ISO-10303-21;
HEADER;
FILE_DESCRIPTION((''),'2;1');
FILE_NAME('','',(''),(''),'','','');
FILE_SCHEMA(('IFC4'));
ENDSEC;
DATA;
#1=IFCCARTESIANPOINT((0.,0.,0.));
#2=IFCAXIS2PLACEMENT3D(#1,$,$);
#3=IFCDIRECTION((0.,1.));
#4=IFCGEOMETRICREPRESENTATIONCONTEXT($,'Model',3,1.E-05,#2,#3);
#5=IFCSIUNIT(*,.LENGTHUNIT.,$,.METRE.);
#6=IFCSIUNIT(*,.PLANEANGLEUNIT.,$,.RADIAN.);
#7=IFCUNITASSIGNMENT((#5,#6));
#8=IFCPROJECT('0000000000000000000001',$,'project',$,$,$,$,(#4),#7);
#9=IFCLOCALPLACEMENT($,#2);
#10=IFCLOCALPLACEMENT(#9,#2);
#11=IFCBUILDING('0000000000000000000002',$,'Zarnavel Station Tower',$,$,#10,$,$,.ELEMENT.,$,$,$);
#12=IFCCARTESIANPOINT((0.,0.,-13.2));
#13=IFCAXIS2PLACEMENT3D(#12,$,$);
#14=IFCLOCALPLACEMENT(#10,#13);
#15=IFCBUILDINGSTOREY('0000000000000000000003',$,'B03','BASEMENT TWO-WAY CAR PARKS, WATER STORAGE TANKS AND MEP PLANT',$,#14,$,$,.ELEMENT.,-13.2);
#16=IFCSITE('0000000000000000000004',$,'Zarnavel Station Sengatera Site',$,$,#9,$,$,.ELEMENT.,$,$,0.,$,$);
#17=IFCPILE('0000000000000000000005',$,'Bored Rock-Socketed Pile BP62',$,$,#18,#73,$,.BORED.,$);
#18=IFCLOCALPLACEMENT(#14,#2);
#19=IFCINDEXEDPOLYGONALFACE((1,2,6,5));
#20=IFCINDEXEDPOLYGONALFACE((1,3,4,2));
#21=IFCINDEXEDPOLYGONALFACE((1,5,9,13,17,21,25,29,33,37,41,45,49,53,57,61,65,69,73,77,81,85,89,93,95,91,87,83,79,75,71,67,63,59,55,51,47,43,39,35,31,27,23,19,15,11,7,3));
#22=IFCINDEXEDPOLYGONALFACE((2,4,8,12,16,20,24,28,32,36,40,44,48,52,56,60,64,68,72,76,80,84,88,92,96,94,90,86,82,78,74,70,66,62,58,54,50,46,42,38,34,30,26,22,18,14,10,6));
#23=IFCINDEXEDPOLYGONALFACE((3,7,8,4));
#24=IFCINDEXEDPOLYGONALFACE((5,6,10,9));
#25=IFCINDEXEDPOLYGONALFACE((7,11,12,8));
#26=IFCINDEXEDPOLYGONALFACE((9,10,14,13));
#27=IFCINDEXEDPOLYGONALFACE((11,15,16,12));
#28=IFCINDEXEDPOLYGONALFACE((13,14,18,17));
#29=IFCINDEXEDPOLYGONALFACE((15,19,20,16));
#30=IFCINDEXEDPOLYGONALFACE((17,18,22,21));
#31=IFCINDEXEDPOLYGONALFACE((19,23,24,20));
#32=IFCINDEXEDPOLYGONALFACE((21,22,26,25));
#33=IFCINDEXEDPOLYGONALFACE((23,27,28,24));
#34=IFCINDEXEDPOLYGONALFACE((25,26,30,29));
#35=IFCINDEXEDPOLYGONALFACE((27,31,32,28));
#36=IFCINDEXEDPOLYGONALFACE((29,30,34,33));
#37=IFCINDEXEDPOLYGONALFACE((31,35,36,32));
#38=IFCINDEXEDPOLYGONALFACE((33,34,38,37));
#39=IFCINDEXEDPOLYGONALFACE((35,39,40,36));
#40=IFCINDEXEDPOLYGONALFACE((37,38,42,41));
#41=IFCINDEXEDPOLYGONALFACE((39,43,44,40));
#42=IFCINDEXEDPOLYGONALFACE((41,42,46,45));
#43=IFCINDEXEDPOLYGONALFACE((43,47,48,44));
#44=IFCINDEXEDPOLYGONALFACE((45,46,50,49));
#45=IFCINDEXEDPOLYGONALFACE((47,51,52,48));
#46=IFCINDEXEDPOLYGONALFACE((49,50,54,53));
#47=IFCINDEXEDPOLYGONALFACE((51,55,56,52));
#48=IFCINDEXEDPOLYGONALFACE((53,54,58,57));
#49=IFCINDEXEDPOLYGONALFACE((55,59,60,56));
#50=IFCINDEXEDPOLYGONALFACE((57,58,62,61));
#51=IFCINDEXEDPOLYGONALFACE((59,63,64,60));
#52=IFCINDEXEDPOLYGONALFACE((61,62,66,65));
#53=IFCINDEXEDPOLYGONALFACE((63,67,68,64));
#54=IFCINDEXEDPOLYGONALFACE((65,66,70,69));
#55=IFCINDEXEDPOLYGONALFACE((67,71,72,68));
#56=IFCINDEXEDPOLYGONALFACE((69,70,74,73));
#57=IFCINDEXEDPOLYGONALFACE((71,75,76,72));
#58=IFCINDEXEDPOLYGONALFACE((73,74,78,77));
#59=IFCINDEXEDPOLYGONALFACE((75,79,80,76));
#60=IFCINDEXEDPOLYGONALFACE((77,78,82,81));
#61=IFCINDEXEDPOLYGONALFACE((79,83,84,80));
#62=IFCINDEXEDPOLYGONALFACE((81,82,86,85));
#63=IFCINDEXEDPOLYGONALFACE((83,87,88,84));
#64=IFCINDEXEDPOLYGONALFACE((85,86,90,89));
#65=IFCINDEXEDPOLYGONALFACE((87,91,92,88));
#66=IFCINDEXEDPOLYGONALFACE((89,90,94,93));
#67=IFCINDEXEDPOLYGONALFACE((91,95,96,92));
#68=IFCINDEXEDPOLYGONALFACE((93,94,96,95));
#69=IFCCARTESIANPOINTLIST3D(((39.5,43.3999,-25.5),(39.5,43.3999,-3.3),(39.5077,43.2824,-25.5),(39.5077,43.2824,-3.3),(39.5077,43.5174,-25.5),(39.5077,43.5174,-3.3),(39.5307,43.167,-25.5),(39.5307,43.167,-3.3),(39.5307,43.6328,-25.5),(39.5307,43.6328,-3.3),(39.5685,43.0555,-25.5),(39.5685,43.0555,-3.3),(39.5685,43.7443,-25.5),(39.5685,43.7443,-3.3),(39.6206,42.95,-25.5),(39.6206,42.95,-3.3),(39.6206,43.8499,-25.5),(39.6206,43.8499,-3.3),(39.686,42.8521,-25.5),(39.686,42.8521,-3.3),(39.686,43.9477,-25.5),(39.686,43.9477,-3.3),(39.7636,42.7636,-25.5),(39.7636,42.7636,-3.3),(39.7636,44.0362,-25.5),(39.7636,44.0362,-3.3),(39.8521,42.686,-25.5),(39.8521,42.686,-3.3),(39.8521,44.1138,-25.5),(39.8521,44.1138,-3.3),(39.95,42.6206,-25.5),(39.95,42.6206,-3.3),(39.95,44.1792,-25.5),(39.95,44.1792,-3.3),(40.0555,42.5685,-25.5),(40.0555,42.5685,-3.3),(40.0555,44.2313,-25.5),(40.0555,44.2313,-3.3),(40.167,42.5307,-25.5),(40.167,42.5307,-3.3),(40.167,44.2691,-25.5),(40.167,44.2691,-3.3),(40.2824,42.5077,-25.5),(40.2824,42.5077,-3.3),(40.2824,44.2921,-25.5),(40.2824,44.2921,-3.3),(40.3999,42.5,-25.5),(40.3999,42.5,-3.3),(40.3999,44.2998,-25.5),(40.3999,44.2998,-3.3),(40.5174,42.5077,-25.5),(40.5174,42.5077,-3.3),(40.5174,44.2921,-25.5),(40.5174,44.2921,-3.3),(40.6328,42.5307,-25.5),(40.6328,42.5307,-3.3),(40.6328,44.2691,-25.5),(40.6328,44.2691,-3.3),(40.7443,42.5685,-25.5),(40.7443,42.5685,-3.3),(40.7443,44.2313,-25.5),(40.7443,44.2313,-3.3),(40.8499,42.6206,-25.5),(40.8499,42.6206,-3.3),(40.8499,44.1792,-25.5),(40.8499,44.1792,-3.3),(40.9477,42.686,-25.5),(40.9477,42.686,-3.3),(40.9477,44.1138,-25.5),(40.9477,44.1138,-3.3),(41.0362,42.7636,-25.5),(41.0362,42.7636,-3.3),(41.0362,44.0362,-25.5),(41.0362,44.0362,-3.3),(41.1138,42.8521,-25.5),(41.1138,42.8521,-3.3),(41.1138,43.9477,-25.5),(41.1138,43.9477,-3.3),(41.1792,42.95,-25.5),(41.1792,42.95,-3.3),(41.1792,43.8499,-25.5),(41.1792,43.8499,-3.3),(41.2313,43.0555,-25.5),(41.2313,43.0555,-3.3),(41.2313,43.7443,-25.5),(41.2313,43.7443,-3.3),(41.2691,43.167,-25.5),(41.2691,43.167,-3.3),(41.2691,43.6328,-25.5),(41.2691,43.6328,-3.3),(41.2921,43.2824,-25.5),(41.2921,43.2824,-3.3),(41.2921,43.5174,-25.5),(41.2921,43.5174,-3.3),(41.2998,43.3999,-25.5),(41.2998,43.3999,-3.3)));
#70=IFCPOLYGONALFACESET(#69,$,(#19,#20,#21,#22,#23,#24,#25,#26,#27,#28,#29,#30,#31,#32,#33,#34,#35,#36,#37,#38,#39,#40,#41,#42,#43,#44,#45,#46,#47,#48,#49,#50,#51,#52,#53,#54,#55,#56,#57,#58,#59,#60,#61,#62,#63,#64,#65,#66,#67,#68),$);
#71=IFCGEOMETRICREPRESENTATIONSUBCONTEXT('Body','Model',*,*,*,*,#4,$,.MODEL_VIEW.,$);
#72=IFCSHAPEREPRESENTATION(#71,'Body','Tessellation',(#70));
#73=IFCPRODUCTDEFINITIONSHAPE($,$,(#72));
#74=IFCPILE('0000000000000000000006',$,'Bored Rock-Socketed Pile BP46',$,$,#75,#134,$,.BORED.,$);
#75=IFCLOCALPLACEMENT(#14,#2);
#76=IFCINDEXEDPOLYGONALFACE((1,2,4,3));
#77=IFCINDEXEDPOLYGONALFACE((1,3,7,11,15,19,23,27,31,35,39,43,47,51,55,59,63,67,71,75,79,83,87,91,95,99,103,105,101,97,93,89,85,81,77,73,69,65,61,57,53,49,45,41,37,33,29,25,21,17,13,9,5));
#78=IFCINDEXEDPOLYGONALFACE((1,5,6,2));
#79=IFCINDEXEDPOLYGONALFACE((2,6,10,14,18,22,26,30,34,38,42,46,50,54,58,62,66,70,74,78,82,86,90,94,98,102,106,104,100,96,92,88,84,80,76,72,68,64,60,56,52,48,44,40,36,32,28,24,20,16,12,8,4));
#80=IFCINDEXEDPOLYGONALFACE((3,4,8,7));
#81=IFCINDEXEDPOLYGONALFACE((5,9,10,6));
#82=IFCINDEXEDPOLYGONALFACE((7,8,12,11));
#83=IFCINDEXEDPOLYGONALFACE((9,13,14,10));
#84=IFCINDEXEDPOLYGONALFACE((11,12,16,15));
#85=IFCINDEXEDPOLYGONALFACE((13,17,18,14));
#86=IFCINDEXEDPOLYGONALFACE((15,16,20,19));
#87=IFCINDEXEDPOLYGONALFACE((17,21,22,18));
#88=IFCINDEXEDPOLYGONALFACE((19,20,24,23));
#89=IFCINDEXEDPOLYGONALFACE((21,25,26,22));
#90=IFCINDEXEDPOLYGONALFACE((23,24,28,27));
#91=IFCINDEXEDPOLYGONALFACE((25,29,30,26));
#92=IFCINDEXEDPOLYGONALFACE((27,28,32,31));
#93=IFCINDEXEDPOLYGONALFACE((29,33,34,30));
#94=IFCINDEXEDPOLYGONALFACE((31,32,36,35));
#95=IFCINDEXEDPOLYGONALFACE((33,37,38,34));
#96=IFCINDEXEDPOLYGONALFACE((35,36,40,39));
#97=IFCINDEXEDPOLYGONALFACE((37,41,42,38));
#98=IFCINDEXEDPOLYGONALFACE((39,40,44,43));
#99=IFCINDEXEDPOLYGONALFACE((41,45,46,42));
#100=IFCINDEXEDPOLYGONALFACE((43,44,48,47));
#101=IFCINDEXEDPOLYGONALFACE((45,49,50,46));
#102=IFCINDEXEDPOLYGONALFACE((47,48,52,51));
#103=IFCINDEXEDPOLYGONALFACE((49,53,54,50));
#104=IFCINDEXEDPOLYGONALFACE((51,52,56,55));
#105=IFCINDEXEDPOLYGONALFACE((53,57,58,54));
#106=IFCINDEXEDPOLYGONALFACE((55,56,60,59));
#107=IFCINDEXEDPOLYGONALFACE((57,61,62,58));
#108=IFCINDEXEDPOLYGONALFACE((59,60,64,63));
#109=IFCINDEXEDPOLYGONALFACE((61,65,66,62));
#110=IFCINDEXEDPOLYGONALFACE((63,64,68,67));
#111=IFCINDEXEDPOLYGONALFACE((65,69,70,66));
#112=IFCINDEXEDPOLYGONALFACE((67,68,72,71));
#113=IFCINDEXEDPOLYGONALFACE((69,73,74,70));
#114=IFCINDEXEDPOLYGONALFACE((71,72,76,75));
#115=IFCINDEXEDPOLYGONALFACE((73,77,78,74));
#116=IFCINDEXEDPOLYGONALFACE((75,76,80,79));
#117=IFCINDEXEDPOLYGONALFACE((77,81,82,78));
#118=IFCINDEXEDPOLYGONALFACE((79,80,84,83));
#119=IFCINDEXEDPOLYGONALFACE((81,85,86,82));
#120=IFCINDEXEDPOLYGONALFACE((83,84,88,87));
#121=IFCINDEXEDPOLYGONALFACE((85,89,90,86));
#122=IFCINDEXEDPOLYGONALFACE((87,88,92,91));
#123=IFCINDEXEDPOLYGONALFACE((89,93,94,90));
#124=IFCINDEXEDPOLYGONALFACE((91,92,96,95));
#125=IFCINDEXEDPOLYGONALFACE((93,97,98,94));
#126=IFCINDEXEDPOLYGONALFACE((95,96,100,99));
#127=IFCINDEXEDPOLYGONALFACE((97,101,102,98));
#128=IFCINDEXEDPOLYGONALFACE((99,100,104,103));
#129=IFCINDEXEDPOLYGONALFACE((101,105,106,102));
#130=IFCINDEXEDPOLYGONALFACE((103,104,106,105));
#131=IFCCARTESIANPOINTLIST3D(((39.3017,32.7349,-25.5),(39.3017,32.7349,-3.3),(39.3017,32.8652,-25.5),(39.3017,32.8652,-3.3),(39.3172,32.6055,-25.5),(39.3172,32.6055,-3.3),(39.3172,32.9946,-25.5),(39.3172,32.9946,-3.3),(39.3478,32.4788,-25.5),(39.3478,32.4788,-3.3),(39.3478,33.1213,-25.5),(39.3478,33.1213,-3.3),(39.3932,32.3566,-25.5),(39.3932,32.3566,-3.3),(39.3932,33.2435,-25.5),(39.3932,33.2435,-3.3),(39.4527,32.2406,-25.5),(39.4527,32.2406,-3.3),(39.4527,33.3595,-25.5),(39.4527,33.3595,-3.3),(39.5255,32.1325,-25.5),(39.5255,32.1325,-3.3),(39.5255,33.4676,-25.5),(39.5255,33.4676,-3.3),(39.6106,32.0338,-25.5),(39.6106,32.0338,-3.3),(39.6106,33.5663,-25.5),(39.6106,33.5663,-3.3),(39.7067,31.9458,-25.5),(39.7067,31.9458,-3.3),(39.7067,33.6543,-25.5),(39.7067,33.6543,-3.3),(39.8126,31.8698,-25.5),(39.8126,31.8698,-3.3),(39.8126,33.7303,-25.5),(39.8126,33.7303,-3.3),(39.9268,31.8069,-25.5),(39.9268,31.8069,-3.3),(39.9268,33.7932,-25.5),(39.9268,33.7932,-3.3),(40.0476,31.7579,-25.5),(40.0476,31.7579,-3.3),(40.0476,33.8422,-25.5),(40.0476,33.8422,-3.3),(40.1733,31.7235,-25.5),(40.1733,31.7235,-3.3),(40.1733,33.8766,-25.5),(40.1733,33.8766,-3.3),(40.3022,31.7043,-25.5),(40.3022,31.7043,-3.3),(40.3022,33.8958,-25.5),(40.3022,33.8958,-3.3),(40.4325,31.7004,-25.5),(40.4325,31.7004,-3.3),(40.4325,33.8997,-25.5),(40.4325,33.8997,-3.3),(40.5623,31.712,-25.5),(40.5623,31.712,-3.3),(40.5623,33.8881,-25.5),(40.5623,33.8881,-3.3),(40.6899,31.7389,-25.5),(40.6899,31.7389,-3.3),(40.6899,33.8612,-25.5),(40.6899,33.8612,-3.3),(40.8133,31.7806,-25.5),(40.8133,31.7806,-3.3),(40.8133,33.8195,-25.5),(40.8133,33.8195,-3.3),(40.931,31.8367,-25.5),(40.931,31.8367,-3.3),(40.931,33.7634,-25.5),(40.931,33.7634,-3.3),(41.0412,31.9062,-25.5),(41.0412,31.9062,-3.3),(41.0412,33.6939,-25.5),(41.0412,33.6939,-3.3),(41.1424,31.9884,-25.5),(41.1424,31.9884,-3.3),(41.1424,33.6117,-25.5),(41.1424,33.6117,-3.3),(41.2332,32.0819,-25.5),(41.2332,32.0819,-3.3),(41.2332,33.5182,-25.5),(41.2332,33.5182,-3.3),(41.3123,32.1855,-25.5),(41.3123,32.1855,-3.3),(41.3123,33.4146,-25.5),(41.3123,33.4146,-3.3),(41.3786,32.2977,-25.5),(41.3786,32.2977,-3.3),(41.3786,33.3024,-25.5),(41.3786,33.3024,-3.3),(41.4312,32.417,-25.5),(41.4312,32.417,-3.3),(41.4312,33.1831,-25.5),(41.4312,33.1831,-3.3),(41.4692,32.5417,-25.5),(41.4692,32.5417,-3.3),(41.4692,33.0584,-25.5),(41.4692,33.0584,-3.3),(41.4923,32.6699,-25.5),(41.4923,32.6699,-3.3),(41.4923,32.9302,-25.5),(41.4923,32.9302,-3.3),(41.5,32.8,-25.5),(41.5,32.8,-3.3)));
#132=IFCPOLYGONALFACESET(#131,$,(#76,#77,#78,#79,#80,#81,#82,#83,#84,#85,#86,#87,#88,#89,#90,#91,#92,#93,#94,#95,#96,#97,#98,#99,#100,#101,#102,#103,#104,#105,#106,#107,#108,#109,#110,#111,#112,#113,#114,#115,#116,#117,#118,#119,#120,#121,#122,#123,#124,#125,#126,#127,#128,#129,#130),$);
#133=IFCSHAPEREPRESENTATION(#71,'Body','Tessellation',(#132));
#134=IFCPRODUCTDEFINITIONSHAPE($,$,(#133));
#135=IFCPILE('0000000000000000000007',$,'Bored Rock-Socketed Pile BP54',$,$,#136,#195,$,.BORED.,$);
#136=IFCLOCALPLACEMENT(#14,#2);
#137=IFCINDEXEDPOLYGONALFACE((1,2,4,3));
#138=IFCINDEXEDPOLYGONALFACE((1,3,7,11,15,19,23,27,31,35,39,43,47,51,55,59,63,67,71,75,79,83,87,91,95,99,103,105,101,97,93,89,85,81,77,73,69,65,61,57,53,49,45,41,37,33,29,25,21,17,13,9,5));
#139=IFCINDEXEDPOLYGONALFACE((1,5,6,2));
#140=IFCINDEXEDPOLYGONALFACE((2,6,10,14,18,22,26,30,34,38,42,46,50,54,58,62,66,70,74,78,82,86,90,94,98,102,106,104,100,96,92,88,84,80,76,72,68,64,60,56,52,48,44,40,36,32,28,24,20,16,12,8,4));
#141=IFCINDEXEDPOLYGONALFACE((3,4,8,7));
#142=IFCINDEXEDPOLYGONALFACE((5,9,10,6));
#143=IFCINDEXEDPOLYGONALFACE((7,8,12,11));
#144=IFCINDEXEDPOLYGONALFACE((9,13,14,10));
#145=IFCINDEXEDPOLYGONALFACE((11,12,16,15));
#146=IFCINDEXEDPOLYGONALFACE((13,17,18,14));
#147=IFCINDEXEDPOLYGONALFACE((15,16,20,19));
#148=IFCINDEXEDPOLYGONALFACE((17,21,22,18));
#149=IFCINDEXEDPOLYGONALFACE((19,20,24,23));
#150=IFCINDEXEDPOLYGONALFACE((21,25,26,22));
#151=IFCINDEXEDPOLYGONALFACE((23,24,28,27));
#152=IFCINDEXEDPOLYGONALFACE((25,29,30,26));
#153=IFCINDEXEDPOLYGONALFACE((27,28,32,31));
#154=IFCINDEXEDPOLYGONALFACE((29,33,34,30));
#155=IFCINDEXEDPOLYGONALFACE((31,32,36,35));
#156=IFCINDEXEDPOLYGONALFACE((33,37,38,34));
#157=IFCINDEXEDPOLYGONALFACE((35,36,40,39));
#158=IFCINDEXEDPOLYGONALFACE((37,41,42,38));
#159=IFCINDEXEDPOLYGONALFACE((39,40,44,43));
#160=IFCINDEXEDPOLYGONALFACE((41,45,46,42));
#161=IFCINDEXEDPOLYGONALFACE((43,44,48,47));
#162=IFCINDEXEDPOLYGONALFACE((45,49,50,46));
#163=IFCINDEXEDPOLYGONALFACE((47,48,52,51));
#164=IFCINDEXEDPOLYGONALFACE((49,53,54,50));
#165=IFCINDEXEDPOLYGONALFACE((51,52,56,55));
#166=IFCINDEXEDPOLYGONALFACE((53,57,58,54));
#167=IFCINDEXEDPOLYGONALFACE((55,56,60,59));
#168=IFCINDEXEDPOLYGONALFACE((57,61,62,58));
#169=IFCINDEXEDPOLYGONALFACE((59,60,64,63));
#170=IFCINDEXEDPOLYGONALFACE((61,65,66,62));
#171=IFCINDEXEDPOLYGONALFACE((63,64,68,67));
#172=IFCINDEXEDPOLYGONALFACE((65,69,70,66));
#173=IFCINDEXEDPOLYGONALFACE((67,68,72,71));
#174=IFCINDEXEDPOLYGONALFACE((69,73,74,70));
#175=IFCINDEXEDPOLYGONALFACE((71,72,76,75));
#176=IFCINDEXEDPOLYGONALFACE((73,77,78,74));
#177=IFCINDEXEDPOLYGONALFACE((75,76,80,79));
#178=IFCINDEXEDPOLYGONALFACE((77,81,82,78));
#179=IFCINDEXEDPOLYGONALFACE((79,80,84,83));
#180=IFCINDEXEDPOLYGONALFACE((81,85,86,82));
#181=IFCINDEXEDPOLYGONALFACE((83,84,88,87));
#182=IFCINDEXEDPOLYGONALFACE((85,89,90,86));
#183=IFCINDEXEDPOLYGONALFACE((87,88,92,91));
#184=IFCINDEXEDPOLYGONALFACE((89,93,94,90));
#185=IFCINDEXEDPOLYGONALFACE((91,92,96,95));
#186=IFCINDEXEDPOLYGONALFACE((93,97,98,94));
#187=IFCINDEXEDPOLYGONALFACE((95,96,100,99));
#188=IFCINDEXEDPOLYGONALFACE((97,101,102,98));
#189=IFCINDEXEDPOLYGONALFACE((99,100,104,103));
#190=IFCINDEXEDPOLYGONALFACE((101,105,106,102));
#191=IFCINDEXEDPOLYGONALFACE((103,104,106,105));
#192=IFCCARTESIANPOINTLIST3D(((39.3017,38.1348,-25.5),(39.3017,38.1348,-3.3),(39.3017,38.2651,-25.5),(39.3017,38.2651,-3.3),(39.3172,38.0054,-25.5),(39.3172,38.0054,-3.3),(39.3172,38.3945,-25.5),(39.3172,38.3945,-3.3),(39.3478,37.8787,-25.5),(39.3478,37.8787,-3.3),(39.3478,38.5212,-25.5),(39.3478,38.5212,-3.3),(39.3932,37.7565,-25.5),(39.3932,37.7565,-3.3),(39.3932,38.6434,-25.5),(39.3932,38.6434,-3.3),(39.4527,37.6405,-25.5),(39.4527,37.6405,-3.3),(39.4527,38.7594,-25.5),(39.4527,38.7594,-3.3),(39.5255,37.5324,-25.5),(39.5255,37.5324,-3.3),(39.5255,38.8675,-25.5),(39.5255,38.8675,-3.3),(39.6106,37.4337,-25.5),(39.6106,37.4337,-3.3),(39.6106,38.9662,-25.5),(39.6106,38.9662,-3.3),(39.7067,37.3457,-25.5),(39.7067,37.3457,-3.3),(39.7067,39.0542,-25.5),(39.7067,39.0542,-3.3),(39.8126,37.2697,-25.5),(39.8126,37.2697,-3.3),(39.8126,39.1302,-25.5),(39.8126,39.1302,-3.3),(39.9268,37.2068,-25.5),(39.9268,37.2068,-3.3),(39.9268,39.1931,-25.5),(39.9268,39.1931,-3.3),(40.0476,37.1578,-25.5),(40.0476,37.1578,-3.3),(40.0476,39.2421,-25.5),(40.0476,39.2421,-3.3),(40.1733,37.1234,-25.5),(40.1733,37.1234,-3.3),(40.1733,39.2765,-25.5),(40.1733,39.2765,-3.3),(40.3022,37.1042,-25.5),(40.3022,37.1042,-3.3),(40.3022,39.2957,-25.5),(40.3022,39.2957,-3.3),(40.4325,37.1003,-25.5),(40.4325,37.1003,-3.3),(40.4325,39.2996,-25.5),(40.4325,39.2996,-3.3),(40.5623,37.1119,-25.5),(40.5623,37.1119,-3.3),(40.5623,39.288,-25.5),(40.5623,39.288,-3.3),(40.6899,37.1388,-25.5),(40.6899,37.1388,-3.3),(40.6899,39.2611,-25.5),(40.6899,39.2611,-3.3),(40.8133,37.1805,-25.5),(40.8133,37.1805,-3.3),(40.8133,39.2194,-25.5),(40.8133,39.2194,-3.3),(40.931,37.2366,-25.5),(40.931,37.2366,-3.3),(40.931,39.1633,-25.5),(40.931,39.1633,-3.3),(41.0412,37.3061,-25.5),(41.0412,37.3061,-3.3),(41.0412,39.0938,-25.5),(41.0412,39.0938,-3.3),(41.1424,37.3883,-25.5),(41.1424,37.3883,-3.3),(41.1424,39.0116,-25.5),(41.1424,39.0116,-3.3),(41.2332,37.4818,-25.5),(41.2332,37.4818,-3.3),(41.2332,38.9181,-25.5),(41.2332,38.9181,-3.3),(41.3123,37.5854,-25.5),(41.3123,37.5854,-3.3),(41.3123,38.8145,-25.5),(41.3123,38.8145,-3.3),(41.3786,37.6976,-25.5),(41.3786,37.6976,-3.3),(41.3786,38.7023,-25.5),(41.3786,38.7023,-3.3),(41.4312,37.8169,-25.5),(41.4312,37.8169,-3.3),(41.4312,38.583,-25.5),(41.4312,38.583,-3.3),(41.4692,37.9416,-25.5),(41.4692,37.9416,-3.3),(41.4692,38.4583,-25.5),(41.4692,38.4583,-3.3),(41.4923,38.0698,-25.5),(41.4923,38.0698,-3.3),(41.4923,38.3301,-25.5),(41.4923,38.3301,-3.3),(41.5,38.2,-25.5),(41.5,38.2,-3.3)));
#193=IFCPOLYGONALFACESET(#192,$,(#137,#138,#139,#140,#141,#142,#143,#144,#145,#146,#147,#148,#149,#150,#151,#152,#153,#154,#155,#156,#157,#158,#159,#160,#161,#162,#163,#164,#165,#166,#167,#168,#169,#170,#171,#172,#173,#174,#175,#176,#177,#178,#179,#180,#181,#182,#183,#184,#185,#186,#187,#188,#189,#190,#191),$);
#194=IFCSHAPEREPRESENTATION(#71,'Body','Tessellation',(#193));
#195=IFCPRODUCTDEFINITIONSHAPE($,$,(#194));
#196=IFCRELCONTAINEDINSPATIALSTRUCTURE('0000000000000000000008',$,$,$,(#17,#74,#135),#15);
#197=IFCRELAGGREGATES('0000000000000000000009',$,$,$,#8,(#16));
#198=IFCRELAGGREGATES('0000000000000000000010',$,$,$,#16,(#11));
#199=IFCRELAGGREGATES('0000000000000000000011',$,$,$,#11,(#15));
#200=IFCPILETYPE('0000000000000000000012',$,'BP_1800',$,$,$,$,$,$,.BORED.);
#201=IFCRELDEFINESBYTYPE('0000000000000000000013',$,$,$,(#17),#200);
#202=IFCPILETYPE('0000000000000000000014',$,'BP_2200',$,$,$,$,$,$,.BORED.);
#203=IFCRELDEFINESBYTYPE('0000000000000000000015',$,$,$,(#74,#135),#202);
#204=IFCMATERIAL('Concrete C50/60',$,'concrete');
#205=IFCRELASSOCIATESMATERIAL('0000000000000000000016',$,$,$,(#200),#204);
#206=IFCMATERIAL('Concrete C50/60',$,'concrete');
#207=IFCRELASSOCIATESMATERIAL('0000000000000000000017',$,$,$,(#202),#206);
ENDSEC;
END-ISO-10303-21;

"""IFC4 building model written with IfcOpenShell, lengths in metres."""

from ifc_helpers import new_model, si_unit, direction, frame, origin, origin_2d, place, context, subcontext, project, spatial, circle, extrude, material, material_profile, profile_set, type_object, element, save


model = new_model("IFC4")

# Units and contexts
model_context = context("Model", 3, precision=1e-05, world=origin(), true_north=direction((0.0, 1.0)))
body_context = subcontext(model_context, "Body", "Model", "MODEL_VIEW")
ifc_project = project(units=[si_unit("LENGTHUNIT", "METRE"), si_unit("PLANEANGLEUNIT", "RADIAN")], contexts=[model_context])

# Site, building, storey
site_placement = place(None, origin())
site = spatial("IfcSite", under=ifc_project, at=site_placement, Name="Zarnavel Station Sengatera Site", CompositionType="ELEMENT", RefElevation=0.0)
building_placement = place(site_placement, origin())
building = spatial("IfcBuilding", under=site, at=building_placement, Name="Zarnavel Station Tower", CompositionType="ELEMENT")
storey_placement = place(building_placement, frame((0.0, 0.0, -13.2)))
storey = spatial("IfcBuildingStorey", under=building, at=storey_placement, Name="B03", Description="BASEMENT TWO-WAY CAR PARKS, WATER STORAGE TANKS AND MEP PLANT", CompositionType="ELEMENT", Elevation=-13.2)

# Piles
ifc_material_1 = material(Name="Concrete C50/60", Category="concrete")
ifc_material_profile_1 = material_profile(ifc_material_1, circle(Radius=0.8999, at=origin_2d()), Name="PILE1800")
ifc_profile_set_1 = profile_set([ifc_material_profile_1], Name="Concrete C50/60")
pile_type_1 = type_object("IfcPileType", Name="BP_1800", PredefinedType="BORED", material=ifc_profile_set_1)
pile_placement = place(storey_placement, frame((40.3999, 43.3999, -3.3), z_axis=(0.0, 0.0, -1.0), x_axis=(1.0, 0.0, 0.0)))
element("IfcPile", 1, at=pile_placement, inside=storey, type_object=pile_type_1, Name="Bored Rock-Socketed Pile BP62", PredefinedType="BORED", context=body_context, shape_type="SweptSolid", body=[
    extrude(circle(Radius=0.8999, at=origin_2d()), origin(), (0.0, 0.0, 1.0), 22.2),
])
ifc_material_2 = material(Name="Concrete C50/60", Category="concrete")
ifc_material_profile_2 = material_profile(ifc_material_2, circle(Radius=1.1001, at=origin_2d()), Name="PILE2200")
ifc_profile_set_2 = profile_set([ifc_material_profile_2], Name="Concrete C50/60")
pile_type_2 = type_object("IfcPileType", Name="BP_2200", PredefinedType="BORED", material=ifc_profile_set_2)
for number, where, z_axis, x_axis, name in (
    (2, (40.3999, 32.8, -3.3), (0.0, 0.0, -1.0), (1.0, 0.0, 0.0), "Bored Rock-Socketed Pile BP46"),
    (3, (40.3999, 38.2, -3.3), (0.0, 0.0, -1.0), (1.0, 0.0, 0.0), "Bored Rock-Socketed Pile BP54"),
):
    element("IfcPile", number, at=place(storey_placement, frame(where, z_axis=z_axis, x_axis=x_axis)), inside=storey, type_object=pile_type_2, Name=name, PredefinedType="BORED", context=body_context, shape_type="SweptSolid", body=[
        extrude(circle(Radius=1.1001, at=origin_2d()), origin(), (0.0, 0.0, 1.0), 22.2),
    ])

save(model, "model.ifc")
